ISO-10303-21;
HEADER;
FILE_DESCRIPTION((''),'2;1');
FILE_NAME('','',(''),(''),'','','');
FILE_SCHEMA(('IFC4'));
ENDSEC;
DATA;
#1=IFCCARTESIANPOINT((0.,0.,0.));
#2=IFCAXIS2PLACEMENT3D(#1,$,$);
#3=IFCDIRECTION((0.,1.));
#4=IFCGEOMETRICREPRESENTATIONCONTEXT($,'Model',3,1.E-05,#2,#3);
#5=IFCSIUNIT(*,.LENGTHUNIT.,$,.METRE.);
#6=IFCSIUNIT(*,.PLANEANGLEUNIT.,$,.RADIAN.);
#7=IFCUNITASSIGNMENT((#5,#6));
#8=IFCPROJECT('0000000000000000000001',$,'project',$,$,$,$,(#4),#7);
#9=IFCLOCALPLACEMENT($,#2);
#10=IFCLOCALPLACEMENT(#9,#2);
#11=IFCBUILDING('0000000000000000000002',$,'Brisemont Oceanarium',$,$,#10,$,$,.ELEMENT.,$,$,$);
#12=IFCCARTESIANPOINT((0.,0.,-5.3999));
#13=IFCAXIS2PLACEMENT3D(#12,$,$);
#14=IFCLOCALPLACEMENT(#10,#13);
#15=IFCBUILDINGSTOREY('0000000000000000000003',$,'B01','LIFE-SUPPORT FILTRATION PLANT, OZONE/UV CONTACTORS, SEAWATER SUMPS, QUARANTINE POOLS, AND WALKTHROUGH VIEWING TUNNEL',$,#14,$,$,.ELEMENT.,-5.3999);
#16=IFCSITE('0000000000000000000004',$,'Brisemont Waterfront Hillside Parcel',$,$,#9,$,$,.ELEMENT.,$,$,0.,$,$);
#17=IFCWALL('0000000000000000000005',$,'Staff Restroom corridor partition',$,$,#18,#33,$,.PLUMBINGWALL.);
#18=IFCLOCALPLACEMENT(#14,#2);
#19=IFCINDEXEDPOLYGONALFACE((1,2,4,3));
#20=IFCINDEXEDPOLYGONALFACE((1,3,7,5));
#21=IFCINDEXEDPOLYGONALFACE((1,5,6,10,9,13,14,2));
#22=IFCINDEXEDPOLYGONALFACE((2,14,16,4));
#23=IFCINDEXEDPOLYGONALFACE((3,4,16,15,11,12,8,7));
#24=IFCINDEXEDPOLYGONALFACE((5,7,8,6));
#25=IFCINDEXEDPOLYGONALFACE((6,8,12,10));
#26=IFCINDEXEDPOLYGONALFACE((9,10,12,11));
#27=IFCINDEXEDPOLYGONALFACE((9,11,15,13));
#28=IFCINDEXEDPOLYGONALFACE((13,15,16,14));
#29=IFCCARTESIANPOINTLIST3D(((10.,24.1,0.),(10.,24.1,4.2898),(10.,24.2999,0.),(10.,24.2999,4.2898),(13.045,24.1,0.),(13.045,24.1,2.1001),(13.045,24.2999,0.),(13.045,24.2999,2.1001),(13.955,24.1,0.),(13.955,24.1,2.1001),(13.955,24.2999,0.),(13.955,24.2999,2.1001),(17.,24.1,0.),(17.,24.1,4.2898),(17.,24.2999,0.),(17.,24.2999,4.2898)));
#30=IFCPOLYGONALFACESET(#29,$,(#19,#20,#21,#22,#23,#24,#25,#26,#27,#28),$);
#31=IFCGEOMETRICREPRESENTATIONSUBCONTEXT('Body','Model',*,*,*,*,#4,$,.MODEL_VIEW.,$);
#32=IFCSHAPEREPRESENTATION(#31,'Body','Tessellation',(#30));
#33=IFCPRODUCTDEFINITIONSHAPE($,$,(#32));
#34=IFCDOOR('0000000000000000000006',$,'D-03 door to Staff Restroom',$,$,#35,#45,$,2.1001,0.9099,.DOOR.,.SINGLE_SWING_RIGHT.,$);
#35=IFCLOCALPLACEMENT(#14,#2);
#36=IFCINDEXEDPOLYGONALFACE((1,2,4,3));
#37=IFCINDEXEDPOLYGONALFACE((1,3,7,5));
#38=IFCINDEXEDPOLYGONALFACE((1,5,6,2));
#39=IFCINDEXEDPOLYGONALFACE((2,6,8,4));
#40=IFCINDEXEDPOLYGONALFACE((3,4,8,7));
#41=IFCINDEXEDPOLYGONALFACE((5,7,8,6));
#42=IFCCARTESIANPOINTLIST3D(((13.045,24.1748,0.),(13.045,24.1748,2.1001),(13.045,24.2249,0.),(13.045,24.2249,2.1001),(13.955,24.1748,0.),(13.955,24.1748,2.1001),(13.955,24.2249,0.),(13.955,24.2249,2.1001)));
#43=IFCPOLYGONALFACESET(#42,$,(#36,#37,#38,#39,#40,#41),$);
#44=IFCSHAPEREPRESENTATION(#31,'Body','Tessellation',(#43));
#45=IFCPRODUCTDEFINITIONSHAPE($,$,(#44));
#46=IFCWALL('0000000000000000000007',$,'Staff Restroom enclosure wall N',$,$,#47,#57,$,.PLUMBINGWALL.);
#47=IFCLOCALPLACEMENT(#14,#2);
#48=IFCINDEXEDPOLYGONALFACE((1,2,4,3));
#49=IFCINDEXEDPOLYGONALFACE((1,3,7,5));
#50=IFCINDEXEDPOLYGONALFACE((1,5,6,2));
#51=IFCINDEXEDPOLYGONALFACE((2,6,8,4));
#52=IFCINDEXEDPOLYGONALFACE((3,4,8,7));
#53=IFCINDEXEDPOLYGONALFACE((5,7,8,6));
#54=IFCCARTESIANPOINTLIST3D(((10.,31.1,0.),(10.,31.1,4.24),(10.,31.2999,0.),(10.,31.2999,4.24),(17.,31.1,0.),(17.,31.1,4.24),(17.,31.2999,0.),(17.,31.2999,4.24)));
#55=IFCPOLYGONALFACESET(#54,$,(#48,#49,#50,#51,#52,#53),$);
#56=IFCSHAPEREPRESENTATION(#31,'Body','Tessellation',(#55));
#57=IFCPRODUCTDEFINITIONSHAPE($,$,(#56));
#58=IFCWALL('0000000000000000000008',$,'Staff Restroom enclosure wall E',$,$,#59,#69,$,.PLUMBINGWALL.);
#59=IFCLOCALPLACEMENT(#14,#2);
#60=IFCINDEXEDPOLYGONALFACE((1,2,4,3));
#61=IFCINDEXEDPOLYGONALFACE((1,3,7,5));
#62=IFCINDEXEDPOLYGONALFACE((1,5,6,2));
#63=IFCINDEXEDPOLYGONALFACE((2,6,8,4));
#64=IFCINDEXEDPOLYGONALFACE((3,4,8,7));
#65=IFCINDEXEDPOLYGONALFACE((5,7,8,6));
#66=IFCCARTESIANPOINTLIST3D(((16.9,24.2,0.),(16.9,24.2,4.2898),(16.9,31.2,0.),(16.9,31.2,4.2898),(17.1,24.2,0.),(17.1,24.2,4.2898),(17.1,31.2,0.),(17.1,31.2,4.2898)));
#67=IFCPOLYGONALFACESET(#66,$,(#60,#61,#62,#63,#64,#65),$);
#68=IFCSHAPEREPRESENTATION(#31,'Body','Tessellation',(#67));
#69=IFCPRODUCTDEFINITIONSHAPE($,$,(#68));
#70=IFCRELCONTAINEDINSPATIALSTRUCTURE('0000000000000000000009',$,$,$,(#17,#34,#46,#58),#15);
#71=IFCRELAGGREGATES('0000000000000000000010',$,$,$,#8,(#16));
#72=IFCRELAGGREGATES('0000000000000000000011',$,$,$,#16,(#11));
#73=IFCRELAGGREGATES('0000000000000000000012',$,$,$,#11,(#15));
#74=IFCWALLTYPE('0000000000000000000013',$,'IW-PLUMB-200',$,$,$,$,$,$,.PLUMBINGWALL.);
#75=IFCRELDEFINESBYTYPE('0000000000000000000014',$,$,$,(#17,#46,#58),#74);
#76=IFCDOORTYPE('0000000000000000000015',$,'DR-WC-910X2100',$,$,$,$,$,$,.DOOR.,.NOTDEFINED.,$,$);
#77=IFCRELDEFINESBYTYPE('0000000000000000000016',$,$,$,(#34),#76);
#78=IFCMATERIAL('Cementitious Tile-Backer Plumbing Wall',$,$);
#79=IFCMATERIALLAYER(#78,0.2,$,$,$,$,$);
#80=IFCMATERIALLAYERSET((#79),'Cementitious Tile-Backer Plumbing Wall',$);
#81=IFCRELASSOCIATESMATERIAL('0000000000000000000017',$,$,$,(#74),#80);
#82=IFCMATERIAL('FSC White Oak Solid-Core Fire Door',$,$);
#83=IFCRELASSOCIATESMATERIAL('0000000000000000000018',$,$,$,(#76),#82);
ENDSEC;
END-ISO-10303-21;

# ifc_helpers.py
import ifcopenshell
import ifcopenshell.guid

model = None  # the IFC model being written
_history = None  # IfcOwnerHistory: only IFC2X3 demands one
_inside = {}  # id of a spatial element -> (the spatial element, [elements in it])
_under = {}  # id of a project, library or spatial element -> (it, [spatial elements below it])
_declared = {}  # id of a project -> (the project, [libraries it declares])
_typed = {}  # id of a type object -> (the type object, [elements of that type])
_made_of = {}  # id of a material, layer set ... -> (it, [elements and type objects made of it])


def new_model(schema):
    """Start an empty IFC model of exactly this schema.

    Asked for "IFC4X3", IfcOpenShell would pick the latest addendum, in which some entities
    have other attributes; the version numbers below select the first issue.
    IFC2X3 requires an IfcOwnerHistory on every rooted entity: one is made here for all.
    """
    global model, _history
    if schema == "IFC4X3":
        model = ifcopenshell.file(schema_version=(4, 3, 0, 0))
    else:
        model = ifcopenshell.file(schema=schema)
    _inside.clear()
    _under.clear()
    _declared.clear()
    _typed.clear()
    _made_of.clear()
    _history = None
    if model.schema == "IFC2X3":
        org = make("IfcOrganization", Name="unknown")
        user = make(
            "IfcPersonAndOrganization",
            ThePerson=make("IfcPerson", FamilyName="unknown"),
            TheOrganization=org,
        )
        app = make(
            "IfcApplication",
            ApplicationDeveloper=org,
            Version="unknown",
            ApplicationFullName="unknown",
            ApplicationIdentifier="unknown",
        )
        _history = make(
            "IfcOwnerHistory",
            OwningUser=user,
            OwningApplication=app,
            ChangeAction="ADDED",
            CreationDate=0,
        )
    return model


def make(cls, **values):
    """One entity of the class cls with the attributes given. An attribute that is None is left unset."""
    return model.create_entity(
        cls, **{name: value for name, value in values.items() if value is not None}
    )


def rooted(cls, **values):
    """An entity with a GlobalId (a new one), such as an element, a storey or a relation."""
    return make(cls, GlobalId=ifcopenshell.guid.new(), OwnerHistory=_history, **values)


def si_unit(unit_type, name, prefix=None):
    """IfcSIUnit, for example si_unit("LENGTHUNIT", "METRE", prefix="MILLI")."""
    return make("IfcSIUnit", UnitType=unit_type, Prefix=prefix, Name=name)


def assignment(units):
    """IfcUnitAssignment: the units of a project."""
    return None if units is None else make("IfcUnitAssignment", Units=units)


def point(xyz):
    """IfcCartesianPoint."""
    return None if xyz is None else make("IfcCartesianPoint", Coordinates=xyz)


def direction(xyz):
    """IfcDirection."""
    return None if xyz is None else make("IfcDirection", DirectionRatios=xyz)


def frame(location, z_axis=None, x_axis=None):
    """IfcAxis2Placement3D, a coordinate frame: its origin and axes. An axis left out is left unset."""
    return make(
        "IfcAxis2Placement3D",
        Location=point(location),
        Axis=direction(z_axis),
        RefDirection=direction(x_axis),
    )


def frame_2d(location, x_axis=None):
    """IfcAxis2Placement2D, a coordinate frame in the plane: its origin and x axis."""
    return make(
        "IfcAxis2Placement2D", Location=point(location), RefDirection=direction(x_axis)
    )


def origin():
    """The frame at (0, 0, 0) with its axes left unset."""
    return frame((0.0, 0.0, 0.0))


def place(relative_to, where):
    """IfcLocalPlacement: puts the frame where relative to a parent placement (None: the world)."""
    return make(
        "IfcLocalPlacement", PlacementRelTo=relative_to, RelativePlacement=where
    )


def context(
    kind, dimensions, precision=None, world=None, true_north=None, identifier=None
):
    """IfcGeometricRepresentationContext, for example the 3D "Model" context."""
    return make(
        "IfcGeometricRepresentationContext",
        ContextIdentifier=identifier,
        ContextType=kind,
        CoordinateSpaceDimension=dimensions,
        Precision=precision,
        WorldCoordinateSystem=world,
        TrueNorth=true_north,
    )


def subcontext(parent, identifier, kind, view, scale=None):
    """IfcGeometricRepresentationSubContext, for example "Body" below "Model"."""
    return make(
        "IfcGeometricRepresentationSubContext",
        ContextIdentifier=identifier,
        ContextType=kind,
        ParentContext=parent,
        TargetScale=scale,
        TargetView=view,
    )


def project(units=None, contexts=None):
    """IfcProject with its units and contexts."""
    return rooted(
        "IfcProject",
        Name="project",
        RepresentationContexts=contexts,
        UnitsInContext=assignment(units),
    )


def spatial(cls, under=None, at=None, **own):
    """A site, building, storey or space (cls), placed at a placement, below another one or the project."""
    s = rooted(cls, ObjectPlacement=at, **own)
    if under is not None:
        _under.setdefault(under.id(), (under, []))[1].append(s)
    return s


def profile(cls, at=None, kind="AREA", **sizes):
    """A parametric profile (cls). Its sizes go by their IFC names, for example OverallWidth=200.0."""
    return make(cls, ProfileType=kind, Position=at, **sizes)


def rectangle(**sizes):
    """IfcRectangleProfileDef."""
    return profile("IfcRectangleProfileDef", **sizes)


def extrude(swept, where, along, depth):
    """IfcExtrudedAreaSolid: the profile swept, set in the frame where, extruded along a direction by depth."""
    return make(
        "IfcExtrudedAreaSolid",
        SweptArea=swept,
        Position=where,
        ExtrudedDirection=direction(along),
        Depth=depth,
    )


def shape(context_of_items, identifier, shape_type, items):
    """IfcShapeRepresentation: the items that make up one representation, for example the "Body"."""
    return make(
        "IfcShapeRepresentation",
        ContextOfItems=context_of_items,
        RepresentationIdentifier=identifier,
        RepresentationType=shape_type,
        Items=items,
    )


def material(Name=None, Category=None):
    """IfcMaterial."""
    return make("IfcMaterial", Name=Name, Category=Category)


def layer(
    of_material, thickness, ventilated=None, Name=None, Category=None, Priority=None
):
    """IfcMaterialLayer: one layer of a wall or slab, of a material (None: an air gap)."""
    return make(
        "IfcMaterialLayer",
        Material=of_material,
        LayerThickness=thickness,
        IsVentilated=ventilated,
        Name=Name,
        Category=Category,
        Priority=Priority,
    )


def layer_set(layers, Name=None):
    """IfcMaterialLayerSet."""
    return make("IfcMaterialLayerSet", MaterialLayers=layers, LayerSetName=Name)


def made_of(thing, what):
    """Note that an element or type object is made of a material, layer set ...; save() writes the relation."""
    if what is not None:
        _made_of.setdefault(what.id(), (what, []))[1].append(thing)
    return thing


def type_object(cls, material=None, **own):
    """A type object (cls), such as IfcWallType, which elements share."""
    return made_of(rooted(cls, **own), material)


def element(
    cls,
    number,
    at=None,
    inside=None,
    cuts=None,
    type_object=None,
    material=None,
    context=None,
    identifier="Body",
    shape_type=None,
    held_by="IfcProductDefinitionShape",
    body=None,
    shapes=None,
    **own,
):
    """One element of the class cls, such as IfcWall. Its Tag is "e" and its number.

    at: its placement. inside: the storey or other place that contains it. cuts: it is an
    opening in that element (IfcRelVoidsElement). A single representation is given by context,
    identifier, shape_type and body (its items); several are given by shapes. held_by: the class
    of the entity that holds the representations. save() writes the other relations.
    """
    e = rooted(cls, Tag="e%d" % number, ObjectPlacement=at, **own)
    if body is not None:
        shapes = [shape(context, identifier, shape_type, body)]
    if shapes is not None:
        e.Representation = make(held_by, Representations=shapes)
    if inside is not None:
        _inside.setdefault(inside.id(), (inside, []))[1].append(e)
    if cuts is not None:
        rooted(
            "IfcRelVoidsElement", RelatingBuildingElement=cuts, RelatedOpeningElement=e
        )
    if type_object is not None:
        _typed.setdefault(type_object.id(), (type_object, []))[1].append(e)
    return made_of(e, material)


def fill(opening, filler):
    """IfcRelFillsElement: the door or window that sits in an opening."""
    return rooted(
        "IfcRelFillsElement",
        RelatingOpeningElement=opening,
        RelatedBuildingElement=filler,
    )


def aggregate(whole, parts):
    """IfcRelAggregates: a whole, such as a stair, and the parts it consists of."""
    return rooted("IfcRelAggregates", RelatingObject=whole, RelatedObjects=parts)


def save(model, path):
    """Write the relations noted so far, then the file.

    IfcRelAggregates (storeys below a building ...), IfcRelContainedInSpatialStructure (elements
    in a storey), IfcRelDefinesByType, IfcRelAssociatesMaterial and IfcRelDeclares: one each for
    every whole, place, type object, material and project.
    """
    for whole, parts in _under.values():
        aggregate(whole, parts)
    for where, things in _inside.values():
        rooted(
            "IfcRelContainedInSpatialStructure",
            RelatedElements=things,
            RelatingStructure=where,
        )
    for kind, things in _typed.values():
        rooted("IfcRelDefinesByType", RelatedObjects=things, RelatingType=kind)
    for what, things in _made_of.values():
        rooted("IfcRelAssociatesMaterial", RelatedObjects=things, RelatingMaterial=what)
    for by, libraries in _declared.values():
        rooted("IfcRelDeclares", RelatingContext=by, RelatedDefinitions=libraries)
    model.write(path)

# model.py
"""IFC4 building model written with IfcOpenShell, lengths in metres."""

from ifc_helpers import new_model, si_unit, direction, frame, frame_2d, origin, place, context, subcontext, project, spatial, rectangle, extrude, material, layer, layer_set, type_object, element, fill, save


model = new_model("IFC4")

# Units and contexts
model_context = context("Model", 3, precision=1e-05, world=origin(), true_north=direction((0.0, 1.0)))
body_context = subcontext(model_context, "Body", "Model", "MODEL_VIEW")
ifc_project = project(units=[si_unit("LENGTHUNIT", "METRE"), si_unit("PLANEANGLEUNIT", "RADIAN")], contexts=[model_context])

# Site, building, storey
site_placement = place(None, origin())
site = spatial("IfcSite", under=ifc_project, at=site_placement, Name="Brisemont Waterfront Hillside Parcel", CompositionType="ELEMENT", RefElevation=0.0)
building_placement = place(site_placement, origin())
building = spatial("IfcBuilding", under=site, at=building_placement, Name="Brisemont Oceanarium", CompositionType="ELEMENT")
storey_placement = place(building_placement, frame((0.0, 0.0, -5.3999)))
storey = spatial("IfcBuildingStorey", under=building, at=storey_placement, Name="B01", Description="LIFE-SUPPORT FILTRATION PLANT, OZONE/UV CONTACTORS, SEAWATER SUMPS, QUARANTINE POOLS, AND WALKTHROUGH VIEWING TUNNEL", CompositionType="ELEMENT", Elevation=-5.3999)

# Wall, opening, door
ifc_material_1 = material(Name="Cementitious Tile-Backer Plumbing Wall")
ifc_layer_1 = layer(ifc_material_1, 0.2)
ifc_layer_set_1 = layer_set([ifc_layer_1], Name="Cementitious Tile-Backer Plumbing Wall")
wall_type_1 = type_object("IfcWallType", Name="IW-PLUMB-200", PredefinedType="PLUMBINGWALL", material=ifc_layer_set_1)
wall_1_placement = place(storey_placement, frame((10.0, 24.2, 0.0), z_axis=(0.0, 0.0, 1.0), x_axis=(1.0, 0.0, 0.0)))
wall_1 = element("IfcWall", 1, at=wall_1_placement, inside=storey, type_object=wall_type_1, Name="Staff Restroom corridor partition", PredefinedType="PLUMBINGWALL", context=body_context, shape_type="SweptSolid", body=[
    extrude(rectangle(XDim=7.0, YDim=0.2, at=frame_2d((3.5, 0.0))), origin(), (0.0, 0.0, 1.0), 4.2898),
])
opening_1_placement = place(wall_1_placement, frame((3.0449, 0.0, 0.0)))
opening_1 = element("IfcOpeningElement", 2, at=opening_1_placement, cuts=wall_1, PredefinedType="OPENING", context=body_context, shape_type="SweptSolid", body=[
    extrude(rectangle(XDim=0.9099, YDim=2.1001, at=frame_2d((0.4551, 1.05))), frame((0.0, 0.1099, 0.0), z_axis=(0.0, -1.0, 0.0), x_axis=(1.0, 0.0, 0.0)), (0.0, 0.0, 1.0), 0.22),
])
ifc_material_2 = material(Name="FSC White Oak Solid-Core Fire Door")
door_type_1 = type_object("IfcDoorType", Name="DR-WC-910X2100", OperationType="NOTDEFINED", PredefinedType="DOOR", material=ifc_material_2)
door_1_placement = place(opening_1_placement, origin())
door_1 = element("IfcDoor", 3, at=door_1_placement, inside=storey, type_object=door_type_1, Name="D-03 door to Staff Restroom", OperationType="SINGLE_SWING_RIGHT", OverallHeight=2.1001, OverallWidth=0.9099, PredefinedType="DOOR", context=body_context, shape_type="SweptSolid", body=[
    extrude(rectangle(XDim=0.9099, YDim=2.1001, at=frame_2d((0.4551, 1.05))), frame((0.0, 0.0249, 0.0), z_axis=(0.0, -1.0, 0.0), x_axis=(1.0, 0.0, 0.0)), (0.0, 0.0, 1.0), 0.05),
])
fill(opening_1, door_1)

# Walls
wall_2_placement = place(storey_placement, frame((10.0, 31.2, 0.0), z_axis=(0.0, 0.0, 1.0), x_axis=(1.0, 0.0, 0.0)))
element("IfcWall", 4, at=wall_2_placement, inside=storey, type_object=wall_type_1, Name="Staff Restroom enclosure wall N", PredefinedType="PLUMBINGWALL", context=body_context, shape_type="SweptSolid", body=[
    extrude(rectangle(XDim=7.0, YDim=0.2, at=frame_2d((3.5, 0.0))), origin(), (0.0, 0.0, 1.0), 4.24),
])
wall_3_placement = place(storey_placement, frame((17.0, 24.2, 0.0), z_axis=(0.0, 0.0, 1.0), x_axis=(0.0, 1.0, 0.0)))
element("IfcWall", 5, at=wall_3_placement, inside=storey, type_object=wall_type_1, Name="Staff Restroom enclosure wall E", PredefinedType="PLUMBINGWALL", context=body_context, shape_type="SweptSolid", body=[
    extrude(rectangle(XDim=7.0, YDim=0.2, at=frame_2d((3.5, 0.0))), origin(), (0.0, 0.0, 1.0), 4.2898),
])

save(model, "model.ifc")
